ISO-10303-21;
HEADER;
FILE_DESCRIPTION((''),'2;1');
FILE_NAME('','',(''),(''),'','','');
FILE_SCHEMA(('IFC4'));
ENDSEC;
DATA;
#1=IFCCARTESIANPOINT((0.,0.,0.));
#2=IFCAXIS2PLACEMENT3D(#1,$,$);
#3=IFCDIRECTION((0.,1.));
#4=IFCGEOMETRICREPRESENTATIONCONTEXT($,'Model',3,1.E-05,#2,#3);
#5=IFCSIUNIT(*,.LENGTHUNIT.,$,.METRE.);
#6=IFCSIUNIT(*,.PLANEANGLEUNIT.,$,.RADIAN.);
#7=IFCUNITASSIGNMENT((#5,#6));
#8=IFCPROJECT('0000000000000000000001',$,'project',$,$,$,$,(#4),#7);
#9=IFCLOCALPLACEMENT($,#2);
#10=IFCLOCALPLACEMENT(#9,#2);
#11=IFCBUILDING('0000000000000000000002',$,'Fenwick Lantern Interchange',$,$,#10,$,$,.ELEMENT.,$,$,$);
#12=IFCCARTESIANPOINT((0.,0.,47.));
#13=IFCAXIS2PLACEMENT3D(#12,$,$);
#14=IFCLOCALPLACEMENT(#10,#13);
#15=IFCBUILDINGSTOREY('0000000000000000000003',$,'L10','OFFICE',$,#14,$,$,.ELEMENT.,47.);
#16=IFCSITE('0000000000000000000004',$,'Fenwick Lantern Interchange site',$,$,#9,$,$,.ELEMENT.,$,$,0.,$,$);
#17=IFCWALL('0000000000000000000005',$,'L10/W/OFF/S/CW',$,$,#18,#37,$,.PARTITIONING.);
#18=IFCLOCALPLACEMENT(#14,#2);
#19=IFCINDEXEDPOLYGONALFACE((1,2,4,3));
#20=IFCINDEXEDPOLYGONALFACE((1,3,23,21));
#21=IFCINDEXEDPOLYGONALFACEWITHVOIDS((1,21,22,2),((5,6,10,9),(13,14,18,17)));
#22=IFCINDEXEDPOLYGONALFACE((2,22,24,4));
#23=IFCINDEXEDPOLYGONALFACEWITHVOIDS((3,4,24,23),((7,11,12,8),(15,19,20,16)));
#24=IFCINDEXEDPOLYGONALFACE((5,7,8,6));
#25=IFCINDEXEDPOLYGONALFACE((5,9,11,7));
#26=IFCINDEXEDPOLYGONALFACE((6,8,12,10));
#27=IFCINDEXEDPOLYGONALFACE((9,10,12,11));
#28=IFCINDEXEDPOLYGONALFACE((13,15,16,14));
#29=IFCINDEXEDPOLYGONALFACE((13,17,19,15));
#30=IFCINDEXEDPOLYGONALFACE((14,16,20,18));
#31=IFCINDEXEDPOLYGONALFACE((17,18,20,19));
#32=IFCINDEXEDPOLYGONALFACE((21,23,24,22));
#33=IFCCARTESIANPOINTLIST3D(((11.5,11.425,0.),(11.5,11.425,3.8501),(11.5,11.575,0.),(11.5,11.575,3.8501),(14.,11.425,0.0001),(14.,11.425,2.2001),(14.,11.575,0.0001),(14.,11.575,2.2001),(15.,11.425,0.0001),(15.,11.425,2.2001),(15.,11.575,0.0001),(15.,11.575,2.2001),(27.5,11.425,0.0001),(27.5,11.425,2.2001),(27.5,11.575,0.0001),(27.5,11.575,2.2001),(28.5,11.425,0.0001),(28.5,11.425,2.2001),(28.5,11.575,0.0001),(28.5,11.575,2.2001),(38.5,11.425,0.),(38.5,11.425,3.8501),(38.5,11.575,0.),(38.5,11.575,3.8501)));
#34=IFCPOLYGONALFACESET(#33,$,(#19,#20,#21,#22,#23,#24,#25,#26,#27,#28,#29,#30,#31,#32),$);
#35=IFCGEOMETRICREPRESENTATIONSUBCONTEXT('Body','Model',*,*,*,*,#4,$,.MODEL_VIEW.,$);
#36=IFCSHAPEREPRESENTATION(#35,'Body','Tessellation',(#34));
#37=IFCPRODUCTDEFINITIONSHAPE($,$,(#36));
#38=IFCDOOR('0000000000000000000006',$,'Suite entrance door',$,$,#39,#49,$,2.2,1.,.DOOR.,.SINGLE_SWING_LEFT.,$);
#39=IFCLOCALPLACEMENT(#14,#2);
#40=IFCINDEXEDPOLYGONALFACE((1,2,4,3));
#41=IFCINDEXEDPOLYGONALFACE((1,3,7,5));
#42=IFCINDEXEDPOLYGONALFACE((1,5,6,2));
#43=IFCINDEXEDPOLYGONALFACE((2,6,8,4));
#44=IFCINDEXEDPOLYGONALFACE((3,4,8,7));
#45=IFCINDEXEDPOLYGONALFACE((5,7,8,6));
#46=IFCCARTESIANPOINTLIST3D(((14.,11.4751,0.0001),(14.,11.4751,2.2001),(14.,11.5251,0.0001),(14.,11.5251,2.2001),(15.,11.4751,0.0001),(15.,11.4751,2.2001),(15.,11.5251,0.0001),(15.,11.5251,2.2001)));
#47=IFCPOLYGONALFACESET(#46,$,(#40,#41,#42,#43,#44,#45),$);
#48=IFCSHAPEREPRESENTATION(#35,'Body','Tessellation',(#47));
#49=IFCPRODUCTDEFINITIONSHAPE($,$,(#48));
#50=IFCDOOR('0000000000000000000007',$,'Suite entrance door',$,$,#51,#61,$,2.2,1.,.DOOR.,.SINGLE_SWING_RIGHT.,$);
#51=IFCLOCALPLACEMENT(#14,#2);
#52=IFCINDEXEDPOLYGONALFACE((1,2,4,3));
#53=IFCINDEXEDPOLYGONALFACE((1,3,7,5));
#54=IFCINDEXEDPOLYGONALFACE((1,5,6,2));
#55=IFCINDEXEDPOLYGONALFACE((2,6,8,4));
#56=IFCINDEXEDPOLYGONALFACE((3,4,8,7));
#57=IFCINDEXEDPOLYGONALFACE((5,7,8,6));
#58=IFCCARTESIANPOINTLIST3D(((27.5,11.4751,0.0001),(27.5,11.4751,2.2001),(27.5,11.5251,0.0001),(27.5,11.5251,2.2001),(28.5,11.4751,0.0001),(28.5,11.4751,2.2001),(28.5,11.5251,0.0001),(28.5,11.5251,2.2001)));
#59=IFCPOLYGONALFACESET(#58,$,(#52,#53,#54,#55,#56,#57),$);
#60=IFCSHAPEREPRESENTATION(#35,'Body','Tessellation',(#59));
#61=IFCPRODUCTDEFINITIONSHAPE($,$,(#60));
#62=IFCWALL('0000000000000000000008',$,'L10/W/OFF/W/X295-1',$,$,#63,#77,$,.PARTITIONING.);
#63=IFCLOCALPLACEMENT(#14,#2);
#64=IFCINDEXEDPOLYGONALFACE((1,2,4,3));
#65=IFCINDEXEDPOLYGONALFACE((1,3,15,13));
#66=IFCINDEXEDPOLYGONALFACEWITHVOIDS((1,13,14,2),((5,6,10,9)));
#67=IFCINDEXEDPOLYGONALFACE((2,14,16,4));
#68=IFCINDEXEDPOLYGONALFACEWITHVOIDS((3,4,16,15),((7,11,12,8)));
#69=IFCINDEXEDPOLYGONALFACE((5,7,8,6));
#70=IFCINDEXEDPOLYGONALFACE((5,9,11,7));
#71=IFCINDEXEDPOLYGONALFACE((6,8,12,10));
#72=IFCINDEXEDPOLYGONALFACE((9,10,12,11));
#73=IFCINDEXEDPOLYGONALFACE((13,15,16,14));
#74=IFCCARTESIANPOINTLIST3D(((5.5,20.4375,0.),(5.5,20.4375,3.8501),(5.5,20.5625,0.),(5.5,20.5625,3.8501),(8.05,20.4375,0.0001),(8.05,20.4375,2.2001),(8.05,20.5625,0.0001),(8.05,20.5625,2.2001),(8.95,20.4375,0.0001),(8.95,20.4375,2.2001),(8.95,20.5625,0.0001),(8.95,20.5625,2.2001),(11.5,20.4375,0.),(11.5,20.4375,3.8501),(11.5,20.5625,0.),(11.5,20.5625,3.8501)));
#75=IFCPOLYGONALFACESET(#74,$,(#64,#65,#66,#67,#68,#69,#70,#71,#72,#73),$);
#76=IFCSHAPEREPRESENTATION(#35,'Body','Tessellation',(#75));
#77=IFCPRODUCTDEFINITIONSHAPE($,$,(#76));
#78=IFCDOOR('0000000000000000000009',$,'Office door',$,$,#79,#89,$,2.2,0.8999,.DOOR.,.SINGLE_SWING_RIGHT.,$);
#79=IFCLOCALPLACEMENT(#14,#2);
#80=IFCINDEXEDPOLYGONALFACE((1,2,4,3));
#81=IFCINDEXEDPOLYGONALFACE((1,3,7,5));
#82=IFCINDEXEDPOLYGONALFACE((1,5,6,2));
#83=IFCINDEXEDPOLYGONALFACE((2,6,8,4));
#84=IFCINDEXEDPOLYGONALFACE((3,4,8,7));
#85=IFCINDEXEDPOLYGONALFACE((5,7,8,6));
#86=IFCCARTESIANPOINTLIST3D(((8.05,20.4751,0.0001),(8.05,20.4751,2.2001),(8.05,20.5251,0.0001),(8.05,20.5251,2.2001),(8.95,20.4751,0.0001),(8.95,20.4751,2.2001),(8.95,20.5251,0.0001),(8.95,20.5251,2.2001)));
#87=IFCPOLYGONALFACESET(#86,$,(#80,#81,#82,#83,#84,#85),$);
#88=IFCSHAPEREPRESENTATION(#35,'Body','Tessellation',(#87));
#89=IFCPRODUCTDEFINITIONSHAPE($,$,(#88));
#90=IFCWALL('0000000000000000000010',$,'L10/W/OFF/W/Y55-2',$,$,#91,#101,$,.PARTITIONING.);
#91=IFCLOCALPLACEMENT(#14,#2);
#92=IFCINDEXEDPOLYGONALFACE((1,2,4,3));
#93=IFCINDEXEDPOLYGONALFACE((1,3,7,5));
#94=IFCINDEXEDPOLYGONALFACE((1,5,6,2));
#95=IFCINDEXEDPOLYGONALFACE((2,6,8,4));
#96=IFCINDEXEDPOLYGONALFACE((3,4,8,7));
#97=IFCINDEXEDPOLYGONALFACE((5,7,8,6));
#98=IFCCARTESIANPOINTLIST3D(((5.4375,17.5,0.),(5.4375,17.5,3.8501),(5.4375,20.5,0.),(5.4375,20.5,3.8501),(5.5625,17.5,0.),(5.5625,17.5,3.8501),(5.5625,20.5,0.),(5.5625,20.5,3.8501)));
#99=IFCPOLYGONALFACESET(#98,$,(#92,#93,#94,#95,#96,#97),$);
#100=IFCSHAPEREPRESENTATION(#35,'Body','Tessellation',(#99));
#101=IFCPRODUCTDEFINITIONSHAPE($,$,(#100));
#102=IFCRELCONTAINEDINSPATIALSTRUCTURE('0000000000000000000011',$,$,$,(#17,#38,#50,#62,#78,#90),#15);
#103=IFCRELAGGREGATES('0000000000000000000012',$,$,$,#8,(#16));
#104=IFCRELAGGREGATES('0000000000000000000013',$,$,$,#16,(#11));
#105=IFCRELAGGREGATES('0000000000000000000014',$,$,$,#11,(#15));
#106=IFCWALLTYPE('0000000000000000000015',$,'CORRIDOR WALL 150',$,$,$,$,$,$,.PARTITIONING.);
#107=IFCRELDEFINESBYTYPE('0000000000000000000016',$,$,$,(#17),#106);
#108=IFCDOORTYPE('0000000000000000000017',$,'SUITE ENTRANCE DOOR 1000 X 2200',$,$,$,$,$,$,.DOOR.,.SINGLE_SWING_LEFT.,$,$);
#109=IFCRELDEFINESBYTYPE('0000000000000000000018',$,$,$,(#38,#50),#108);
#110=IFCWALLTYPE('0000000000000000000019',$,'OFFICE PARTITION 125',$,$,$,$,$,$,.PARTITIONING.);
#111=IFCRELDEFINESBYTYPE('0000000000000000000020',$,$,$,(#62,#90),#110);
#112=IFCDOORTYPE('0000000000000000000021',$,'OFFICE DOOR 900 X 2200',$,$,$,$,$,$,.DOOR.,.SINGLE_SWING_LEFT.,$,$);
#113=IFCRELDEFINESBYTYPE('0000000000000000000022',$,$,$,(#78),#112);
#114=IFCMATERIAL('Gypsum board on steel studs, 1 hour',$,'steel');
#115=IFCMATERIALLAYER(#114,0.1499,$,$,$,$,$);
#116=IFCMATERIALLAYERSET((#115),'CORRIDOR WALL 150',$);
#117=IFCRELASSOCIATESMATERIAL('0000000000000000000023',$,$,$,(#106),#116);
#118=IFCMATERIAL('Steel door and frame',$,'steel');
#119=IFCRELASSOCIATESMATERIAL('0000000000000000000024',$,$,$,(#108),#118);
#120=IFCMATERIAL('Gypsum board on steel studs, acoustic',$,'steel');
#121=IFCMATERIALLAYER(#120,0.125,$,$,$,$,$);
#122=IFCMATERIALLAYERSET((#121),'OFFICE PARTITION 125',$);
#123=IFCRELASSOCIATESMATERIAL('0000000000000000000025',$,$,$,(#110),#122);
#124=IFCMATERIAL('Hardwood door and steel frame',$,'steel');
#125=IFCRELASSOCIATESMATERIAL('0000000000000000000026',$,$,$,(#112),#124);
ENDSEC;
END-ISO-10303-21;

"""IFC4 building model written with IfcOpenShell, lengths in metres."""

from ifc_helpers import new_model, si_unit, direction, frame, frame_2d, origin, place, context, subcontext, project, spatial, rectangle, extrude, material, layer, layer_set, type_object, element, fill, save


model = new_model("IFC4")

# Units and contexts
model_context = context("Model", 3, precision=1e-05, world=origin(), true_north=direction((0.0, 1.0)))
body_context = subcontext(model_context, "Body", "Model", "MODEL_VIEW")
ifc_project = project(units=[si_unit("LENGTHUNIT", "METRE"), si_unit("PLANEANGLEUNIT", "RADIAN")], contexts=[model_context])

# Site, building, storey
site_placement = place(None, origin())
site = spatial("IfcSite", under=ifc_project, at=site_placement, Name="Fenwick Lantern Interchange site", CompositionType="ELEMENT", RefElevation=0.0)
building_placement = place(site_placement, origin())
building = spatial("IfcBuilding", under=site, at=building_placement, Name="Fenwick Lantern Interchange", CompositionType="ELEMENT")
storey_placement = place(building_placement, frame((0.0, 0.0, 47.0)))
storey = spatial("IfcBuildingStorey", under=building, at=storey_placement, Name="L10", Description="OFFICE", CompositionType="ELEMENT", Elevation=47.0)

# Shared definitions
ifc_material_1 = material(Name="Steel door and frame", Category="steel")

# Wall, openings, doors
ifc_material_2 = material(Name="Hardwood door and steel frame", Category="steel")
ifc_material_3 = material(Name="Gypsum board on steel studs, 1 hour", Category="steel")
ifc_layer_1 = layer(ifc_material_3, 0.1499)
ifc_layer_set_1 = layer_set([ifc_layer_1], Name="CORRIDOR WALL 150")
wall_type_1 = type_object("IfcWallType", Name="CORRIDOR WALL 150", PredefinedType="PARTITIONING", material=ifc_layer_set_1)
wall_1_placement = place(storey_placement, frame((11.5, 11.5, 0.0), z_axis=(0.0, 0.0, 1.0), x_axis=(1.0, 0.0, 0.0)))
wall_1 = element("IfcWall", 1, at=wall_1_placement, inside=storey, type_object=wall_type_1, Name="L10/W/OFF/S/CW", PredefinedType="PARTITIONING", context=body_context, shape_type="SweptSolid", body=[
    extrude(rectangle(XDim=27.0, YDim=0.1499, at=frame_2d((13.5, 0.0))), origin(), (0.0, 0.0, 1.0), 3.8501),
])
opening_1_placement = place(wall_1_placement, frame((2.5, 0.0, 0.0)))
opening_1 = element("IfcOpeningElement", 2, at=opening_1_placement, cuts=wall_1, PredefinedType="OPENING", context=body_context, shape_type="SweptSolid", body=[
    extrude(rectangle(XDim=1.0, YDim=2.2, at=frame_2d((0.5, 1.1001))), frame((0.0, 0.085, 0.0), z_axis=(0.0, -1.0, 0.0), x_axis=(1.0, 0.0, 0.0)), (0.0, 0.0, 1.0), 0.1699),
])
opening_2_placement = place(wall_1_placement, frame((16.0, 0.0, 0.0)))
opening_2 = element("IfcOpeningElement", 3, at=opening_2_placement, cuts=wall_1, PredefinedType="OPENING", context=body_context, shape_type="SweptSolid", body=[
    extrude(rectangle(XDim=1.0, YDim=2.2, at=frame_2d((0.5, 1.1001))), frame((0.0, 0.085, 0.0), z_axis=(0.0, -1.0, 0.0), x_axis=(1.0, 0.0, 0.0)), (0.0, 0.0, 1.0), 0.1699),
])
door_type_1 = type_object("IfcDoorType", Name="SUITE ENTRANCE DOOR 1000 X 2200", OperationType="SINGLE_SWING_LEFT", PredefinedType="DOOR", material=ifc_material_1)
door_1_placement = place(opening_1_placement, frame((1.0, 0.0, 0.0), z_axis=(0.0, 0.0, 1.0), x_axis=(-1.0, 0.0, 0.0)))
door_1 = element("IfcDoor", 4, at=door_1_placement, inside=storey, type_object=door_type_1, Name="Suite entrance door", OperationType="SINGLE_SWING_LEFT", OverallHeight=2.2, OverallWidth=1.0, PredefinedType="DOOR", context=body_context, shape_type="SweptSolid", body=[
    extrude(rectangle(XDim=1.0, YDim=2.2, at=frame_2d((0.5, 1.1001))), frame((0.0, 0.0249, 0.0), z_axis=(0.0, -1.0, 0.0), x_axis=(1.0, 0.0, 0.0)), (0.0, 0.0, 1.0), 0.05),
])
fill(opening_1, door_1)
door_2_placement = place(opening_2_placement, frame((1.0, 0.0, 0.0), z_axis=(0.0, 0.0, 1.0), x_axis=(-1.0, 0.0, 0.0)))
door_2 = element("IfcDoor", 5, at=door_2_placement, inside=storey, type_object=door_type_1, Name="Suite entrance door", OperationType="SINGLE_SWING_RIGHT", OverallHeight=2.2, OverallWidth=1.0, PredefinedType="DOOR", context=body_context, shape_type="SweptSolid", body=[
    extrude(rectangle(XDim=1.0, YDim=2.2, at=frame_2d((0.5, 1.1001))), frame((0.0, 0.0249, 0.0), z_axis=(0.0, -1.0, 0.0), x_axis=(1.0, 0.0, 0.0)), (0.0, 0.0, 1.0), 0.05),
])
fill(opening_2, door_2)

# Wall, opening, door
ifc_material_4 = material(Name="Gypsum board on steel studs, acoustic", Category="steel")
ifc_layer_2 = layer(ifc_material_4, 0.125)
ifc_layer_set_2 = layer_set([ifc_layer_2], Name="OFFICE PARTITION 125")
wall_type_2 = type_object("IfcWallType", Name="OFFICE PARTITION 125", PredefinedType="PARTITIONING", material=ifc_layer_set_2)
wall_2_placement = place(storey_placement, frame((5.5, 20.5, 0.0), z_axis=(0.0, 0.0, 1.0), x_axis=(1.0, 0.0, 0.0)))
wall_2 = element("IfcWall", 6, at=wall_2_placement, inside=storey, type_object=wall_type_2, Name="L10/W/OFF/W/X295-1", PredefinedType="PARTITIONING", context=body_context, shape_type="SweptSolid", body=[
    extrude(rectangle(XDim=6.0, YDim=0.125, at=frame_2d((3.0, 0.0))), origin(), (0.0, 0.0, 1.0), 3.8501),
])
opening_3_placement = place(wall_2_placement, frame((2.55, 0.0, 0.0)))
opening_3 = element("IfcOpeningElement", 7, at=opening_3_placement, cuts=wall_2, PredefinedType="OPENING", context=body_context, shape_type="SweptSolid", body=[
    extrude(rectangle(XDim=0.8999, YDim=2.2, at=frame_2d((0.45, 1.1001))), frame((0.0, 0.0725, 0.0), z_axis=(0.0, -1.0, 0.0), x_axis=(1.0, 0.0, 0.0)), (0.0, 0.0, 1.0), 0.145),
])
door_type_2 = type_object("IfcDoorType", Name="OFFICE DOOR 900 X 2200", OperationType="SINGLE_SWING_LEFT", PredefinedType="DOOR", material=ifc_material_2)
door_3_placement = place(opening_3_placement, frame((0.8999, 0.0, 0.0), z_axis=(0.0, 0.0, 1.0), x_axis=(-1.0, 0.0, 0.0)))
door_3 = element("IfcDoor", 8, at=door_3_placement, inside=storey, type_object=door_type_2, Name="Office door", OperationType="SINGLE_SWING_RIGHT", OverallHeight=2.2, OverallWidth=0.8999, PredefinedType="DOOR", context=body_context, shape_type="SweptSolid", body=[
    extrude(rectangle(XDim=0.8999, YDim=2.2, at=frame_2d((0.45, 1.1001))), frame((0.0, 0.0249, 0.0), z_axis=(0.0, -1.0, 0.0), x_axis=(1.0, 0.0, 0.0)), (0.0, 0.0, 1.0), 0.05),
])
fill(opening_3, door_3)

# Wall
wall_3_placement = place(storey_placement, frame((5.5, 20.5, 0.0), z_axis=(0.0, 0.0, 1.0), x_axis=(0.0, -1.0, 0.0)))
element("IfcWall", 9, at=wall_3_placement, inside=storey, type_object=wall_type_2, Name="L10/W/OFF/W/Y55-2", PredefinedType="PARTITIONING", context=body_context, shape_type="SweptSolid", body=[
    extrude(rectangle(XDim=3.0, YDim=0.125, at=frame_2d((1.5, 0.0))), origin(), (0.0, 0.0, 1.0), 3.8501),
])

save(model, "model.ifc")
